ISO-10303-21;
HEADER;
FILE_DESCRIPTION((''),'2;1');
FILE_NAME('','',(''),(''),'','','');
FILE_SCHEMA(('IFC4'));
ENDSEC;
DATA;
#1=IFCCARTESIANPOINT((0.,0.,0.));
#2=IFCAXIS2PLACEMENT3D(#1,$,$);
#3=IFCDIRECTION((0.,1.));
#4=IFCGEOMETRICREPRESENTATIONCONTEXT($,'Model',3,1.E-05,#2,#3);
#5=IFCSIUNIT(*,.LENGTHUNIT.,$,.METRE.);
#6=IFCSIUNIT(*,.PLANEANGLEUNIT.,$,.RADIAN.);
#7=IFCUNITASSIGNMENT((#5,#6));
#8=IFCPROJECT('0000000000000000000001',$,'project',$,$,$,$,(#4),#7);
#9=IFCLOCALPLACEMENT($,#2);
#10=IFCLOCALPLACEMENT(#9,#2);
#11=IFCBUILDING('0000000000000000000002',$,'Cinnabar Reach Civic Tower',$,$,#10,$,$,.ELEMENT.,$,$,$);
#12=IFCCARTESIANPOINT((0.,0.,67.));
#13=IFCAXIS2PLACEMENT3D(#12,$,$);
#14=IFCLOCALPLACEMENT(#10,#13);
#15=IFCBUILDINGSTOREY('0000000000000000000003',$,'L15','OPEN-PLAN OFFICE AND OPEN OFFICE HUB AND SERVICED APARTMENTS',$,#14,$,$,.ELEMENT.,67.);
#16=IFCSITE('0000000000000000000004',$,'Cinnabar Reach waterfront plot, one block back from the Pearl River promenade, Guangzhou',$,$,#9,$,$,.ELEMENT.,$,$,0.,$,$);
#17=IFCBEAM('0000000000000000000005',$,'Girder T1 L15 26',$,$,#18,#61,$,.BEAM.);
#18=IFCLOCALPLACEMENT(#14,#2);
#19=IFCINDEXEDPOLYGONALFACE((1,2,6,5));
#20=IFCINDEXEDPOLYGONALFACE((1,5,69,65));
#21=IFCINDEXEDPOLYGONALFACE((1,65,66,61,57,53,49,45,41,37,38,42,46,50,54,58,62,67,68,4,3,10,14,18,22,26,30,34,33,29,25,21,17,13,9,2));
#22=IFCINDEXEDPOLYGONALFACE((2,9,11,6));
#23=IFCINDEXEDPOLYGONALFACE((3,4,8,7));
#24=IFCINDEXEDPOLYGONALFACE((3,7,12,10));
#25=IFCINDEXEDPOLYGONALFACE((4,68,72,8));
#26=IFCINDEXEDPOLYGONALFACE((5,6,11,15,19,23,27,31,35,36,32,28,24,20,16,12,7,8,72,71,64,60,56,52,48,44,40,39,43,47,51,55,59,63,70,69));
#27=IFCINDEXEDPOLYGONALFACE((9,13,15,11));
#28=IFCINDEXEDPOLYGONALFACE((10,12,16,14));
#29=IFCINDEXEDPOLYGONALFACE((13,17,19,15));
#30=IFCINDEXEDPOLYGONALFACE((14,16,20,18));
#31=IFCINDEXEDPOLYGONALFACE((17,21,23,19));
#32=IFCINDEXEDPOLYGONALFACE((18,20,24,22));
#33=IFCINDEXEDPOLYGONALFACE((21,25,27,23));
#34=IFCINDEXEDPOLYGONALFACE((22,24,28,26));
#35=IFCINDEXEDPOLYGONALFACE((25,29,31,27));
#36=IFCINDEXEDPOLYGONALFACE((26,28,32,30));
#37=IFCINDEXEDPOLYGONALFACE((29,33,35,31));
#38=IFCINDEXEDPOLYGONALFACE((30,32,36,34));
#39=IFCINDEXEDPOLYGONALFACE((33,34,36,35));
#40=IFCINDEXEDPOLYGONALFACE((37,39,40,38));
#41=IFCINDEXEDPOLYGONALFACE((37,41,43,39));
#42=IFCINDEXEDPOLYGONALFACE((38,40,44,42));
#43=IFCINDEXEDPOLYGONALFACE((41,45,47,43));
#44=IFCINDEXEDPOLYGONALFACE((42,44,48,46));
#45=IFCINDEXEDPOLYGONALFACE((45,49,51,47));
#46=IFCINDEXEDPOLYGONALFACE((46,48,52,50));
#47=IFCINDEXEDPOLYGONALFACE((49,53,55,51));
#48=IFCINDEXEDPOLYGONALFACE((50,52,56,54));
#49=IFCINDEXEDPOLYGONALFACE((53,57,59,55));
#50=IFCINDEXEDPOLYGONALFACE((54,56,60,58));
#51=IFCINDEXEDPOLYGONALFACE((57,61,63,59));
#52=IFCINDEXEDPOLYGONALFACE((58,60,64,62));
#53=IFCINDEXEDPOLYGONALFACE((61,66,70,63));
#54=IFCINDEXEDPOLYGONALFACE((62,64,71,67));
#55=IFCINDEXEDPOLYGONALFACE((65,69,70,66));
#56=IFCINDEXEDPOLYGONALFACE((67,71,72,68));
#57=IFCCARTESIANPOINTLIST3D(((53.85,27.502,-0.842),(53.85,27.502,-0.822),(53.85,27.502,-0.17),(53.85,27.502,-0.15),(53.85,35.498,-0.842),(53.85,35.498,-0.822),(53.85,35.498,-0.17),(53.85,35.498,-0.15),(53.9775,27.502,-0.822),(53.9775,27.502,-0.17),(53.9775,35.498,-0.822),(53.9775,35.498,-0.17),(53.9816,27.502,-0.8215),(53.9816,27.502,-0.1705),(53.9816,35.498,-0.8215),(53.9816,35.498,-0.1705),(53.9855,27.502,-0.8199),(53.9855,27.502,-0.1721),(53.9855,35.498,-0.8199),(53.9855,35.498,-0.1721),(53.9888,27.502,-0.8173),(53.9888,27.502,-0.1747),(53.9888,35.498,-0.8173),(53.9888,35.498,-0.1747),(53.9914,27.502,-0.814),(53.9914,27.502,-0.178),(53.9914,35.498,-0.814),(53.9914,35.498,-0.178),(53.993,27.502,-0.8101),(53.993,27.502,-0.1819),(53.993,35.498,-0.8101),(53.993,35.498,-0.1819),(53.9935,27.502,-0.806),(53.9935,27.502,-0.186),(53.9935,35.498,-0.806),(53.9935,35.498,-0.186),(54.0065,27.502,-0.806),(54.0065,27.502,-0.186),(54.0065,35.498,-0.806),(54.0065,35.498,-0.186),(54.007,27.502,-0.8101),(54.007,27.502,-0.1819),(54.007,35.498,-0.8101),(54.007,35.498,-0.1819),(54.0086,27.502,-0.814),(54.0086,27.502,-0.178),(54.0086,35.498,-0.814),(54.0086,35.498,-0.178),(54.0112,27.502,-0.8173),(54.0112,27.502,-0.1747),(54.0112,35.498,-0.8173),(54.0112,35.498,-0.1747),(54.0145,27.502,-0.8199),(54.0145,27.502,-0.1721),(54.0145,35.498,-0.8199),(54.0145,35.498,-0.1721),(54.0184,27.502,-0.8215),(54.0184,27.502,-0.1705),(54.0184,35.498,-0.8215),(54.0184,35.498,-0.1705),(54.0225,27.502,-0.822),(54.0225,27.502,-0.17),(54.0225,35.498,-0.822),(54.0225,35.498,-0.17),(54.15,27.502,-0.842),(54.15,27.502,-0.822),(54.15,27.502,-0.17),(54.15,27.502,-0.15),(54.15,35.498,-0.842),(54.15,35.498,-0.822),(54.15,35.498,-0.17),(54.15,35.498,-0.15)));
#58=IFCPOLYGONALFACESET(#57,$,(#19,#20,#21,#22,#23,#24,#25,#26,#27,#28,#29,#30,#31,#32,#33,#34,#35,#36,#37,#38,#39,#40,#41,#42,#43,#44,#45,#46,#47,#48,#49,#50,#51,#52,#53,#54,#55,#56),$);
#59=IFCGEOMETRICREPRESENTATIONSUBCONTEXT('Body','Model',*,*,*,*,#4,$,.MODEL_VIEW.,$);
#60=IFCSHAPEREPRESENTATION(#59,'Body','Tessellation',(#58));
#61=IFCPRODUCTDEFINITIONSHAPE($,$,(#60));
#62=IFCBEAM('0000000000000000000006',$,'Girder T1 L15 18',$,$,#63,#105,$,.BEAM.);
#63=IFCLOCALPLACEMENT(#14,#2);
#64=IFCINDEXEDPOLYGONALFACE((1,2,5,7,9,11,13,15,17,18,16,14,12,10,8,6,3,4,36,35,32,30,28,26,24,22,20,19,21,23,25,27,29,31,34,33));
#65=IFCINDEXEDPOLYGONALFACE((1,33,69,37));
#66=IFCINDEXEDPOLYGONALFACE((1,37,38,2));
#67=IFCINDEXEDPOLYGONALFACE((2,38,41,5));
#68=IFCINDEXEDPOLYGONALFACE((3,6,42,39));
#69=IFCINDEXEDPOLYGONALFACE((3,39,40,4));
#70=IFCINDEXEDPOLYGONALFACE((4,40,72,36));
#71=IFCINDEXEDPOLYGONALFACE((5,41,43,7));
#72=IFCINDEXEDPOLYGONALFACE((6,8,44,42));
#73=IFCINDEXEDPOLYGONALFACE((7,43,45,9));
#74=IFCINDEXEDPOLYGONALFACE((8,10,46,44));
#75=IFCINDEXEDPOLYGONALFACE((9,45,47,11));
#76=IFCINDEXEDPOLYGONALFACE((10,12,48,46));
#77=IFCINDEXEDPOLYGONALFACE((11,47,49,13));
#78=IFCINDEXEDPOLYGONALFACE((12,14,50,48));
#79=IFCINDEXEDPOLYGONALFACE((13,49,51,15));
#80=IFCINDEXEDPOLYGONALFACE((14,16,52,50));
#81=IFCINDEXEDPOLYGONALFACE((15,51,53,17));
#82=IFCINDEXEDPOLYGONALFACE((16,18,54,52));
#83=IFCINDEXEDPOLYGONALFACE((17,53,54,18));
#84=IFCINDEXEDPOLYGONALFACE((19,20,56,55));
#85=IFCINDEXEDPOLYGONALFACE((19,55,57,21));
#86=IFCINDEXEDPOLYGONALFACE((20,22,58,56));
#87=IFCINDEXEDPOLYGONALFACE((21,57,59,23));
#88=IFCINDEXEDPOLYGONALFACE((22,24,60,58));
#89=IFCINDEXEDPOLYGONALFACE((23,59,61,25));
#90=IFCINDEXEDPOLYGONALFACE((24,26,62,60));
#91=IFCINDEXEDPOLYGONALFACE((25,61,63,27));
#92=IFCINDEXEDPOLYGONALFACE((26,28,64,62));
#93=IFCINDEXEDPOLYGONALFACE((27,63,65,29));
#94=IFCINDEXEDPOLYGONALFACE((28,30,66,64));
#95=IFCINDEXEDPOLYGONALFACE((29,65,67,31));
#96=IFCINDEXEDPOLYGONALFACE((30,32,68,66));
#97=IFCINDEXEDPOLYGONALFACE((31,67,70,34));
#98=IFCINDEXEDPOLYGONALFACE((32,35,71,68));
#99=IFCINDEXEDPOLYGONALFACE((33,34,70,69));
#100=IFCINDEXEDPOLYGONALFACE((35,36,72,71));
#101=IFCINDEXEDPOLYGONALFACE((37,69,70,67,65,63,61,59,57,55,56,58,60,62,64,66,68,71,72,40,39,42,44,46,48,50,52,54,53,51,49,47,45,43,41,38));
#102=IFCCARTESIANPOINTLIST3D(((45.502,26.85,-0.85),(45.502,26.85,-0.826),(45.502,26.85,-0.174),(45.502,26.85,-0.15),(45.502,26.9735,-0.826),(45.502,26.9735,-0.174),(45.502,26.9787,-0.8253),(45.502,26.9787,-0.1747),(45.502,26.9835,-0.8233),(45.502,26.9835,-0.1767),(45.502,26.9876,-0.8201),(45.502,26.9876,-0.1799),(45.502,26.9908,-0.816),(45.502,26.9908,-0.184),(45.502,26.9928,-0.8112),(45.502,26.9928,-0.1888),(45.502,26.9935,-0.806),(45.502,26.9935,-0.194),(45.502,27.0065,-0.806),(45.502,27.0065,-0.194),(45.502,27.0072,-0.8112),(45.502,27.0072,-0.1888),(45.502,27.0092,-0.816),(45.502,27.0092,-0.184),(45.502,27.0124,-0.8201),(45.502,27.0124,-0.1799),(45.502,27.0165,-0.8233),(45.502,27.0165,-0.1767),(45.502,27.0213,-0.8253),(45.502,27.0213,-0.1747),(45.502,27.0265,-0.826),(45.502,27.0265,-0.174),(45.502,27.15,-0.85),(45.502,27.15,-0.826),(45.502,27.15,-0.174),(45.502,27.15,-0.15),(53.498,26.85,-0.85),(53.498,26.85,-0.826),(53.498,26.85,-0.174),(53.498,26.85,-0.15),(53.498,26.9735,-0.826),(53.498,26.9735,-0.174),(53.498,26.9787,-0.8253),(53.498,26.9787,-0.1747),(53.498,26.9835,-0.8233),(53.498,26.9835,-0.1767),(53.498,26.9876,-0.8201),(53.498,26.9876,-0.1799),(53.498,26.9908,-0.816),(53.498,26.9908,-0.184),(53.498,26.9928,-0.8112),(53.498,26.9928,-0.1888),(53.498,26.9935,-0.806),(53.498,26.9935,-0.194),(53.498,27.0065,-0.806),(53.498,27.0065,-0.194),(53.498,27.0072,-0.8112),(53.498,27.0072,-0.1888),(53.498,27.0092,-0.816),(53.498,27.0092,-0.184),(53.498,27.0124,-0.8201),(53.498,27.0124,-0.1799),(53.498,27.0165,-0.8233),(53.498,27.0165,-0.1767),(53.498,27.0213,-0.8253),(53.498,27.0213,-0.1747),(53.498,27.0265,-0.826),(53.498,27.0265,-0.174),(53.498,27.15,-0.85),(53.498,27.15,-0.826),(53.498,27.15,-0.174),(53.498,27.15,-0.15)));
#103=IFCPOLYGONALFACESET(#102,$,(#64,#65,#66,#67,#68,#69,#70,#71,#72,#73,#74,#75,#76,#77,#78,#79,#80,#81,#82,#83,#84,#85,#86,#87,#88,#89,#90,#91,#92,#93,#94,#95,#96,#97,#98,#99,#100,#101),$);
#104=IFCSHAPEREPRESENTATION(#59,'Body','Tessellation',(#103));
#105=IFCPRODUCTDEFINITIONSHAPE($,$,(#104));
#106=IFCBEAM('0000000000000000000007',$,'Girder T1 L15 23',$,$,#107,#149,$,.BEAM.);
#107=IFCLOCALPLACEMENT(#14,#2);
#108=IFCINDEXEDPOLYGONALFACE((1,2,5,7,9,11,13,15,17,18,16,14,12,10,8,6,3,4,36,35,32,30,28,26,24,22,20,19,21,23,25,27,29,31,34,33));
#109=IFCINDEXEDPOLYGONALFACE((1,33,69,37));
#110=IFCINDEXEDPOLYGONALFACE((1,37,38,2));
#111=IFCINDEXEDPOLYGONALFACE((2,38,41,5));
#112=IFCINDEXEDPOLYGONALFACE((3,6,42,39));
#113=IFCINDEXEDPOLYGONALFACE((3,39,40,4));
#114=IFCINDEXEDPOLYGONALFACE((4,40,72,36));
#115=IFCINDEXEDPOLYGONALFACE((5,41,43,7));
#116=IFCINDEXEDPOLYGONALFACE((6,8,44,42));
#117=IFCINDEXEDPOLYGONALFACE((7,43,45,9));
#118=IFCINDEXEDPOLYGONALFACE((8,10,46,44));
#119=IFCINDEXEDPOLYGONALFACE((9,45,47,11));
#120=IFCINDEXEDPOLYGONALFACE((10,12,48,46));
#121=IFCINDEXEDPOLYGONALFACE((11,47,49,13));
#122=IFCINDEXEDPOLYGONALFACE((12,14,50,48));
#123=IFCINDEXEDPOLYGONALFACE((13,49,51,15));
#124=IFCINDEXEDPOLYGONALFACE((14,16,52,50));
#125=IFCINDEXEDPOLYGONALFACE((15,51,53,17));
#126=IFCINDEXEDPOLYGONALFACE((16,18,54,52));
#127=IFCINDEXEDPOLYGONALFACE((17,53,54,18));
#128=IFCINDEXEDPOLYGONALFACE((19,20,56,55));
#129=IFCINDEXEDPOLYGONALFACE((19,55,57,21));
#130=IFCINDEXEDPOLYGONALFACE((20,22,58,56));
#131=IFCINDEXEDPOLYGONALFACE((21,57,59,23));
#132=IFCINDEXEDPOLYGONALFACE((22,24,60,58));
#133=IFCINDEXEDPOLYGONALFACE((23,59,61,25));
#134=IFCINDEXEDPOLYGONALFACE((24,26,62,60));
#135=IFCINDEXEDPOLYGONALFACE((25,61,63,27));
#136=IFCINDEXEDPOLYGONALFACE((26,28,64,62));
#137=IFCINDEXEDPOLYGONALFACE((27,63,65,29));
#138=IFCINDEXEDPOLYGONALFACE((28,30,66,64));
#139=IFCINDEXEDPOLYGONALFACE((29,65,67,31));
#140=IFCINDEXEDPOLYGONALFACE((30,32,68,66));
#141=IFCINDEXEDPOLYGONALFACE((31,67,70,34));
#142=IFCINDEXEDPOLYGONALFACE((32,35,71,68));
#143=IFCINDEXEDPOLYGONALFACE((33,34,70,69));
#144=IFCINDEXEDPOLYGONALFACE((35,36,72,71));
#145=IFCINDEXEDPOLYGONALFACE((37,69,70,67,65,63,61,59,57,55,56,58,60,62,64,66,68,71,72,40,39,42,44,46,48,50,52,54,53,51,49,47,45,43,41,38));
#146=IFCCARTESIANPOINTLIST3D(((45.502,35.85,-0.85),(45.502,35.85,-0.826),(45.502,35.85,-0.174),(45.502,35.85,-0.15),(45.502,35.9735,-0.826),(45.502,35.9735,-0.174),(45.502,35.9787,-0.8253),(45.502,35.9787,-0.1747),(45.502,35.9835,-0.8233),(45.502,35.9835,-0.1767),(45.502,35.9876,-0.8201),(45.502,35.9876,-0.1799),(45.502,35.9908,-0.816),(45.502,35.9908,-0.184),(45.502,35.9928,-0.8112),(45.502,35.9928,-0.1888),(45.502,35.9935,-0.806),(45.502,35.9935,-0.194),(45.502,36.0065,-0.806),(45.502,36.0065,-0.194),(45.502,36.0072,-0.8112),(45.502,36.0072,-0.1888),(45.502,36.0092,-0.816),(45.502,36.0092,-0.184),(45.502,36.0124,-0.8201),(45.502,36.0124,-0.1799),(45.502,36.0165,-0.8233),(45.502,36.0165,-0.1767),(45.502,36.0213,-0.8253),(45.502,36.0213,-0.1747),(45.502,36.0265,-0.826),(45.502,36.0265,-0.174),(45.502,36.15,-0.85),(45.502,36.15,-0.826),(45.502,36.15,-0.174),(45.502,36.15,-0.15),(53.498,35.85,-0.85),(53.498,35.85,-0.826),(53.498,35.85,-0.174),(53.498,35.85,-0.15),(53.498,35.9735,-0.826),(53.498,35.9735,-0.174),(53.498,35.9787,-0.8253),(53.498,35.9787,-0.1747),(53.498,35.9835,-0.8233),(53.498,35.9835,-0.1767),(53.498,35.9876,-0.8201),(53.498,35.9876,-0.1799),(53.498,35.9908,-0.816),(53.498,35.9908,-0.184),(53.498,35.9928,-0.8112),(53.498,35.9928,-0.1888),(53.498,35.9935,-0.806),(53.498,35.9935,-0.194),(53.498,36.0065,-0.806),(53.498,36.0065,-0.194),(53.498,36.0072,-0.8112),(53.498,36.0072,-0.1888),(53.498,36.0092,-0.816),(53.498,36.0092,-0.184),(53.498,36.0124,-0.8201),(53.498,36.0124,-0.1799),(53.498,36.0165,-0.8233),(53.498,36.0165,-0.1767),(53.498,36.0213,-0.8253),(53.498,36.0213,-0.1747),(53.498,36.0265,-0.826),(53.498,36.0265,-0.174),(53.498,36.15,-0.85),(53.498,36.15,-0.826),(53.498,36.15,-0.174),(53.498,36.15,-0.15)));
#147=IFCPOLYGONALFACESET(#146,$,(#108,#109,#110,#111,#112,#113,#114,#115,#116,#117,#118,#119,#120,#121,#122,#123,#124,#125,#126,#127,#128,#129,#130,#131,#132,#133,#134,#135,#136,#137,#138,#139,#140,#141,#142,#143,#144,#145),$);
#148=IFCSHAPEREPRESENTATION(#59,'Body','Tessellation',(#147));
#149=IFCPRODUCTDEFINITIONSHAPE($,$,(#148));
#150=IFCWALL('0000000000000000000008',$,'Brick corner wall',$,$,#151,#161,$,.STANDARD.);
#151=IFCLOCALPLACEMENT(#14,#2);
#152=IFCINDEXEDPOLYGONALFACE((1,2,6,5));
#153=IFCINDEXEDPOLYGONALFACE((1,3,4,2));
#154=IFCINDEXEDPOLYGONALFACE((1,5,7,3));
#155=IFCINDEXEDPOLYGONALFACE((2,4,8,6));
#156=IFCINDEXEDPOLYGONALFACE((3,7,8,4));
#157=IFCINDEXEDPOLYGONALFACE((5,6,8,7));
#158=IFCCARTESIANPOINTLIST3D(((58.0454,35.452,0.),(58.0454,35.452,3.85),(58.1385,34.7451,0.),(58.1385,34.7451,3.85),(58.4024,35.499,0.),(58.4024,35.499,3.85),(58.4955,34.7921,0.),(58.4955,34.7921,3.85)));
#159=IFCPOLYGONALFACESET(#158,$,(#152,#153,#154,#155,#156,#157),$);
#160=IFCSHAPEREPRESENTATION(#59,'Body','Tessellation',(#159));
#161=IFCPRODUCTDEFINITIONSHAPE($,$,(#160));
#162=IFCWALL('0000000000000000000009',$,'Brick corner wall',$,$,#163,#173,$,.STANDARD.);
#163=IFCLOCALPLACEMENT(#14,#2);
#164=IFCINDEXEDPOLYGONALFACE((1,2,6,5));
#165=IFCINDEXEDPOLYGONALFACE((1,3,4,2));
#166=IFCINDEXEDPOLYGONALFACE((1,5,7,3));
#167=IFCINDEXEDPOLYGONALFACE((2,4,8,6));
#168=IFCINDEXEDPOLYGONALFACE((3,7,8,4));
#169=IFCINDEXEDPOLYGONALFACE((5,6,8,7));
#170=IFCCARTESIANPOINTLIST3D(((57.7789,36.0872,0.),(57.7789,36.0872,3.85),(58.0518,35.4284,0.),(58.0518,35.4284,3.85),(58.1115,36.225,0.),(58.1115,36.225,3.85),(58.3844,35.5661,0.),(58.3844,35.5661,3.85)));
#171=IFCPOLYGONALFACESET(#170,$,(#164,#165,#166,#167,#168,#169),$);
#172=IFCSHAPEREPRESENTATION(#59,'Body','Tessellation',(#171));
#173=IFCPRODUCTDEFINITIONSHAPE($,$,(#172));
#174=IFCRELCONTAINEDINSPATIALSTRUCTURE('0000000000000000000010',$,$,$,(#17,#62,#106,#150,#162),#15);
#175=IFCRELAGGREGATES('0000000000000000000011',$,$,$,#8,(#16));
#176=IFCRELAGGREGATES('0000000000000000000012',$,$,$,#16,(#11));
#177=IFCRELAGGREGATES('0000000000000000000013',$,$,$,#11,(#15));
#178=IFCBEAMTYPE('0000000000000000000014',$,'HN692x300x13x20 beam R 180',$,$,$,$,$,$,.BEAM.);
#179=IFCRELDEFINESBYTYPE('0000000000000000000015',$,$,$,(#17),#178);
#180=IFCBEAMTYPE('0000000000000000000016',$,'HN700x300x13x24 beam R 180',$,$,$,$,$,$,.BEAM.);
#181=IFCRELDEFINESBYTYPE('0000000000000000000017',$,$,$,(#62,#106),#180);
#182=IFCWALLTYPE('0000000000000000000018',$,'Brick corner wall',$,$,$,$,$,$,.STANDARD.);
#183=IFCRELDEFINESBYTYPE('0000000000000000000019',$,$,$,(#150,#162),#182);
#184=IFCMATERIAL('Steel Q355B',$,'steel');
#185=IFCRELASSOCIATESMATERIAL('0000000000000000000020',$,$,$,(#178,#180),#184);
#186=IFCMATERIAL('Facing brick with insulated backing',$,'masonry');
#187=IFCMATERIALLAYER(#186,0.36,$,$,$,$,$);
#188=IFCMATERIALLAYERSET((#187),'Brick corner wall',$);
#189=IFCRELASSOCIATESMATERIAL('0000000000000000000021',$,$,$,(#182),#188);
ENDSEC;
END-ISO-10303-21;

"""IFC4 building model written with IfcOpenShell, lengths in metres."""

from ifc_helpers import new_model, si_unit, direction, frame, frame_2d, origin, origin_2d, place, context, subcontext, project, spatial, rectangle, i_section, extrude, material, layer, layer_set, material_profile, profile_set, type_object, element, save


model = new_model("IFC4")

# Units and contexts
model_context = context("Model", 3, precision=1e-05, world=origin(), true_north=direction((0.0, 1.0)))
body_context = subcontext(model_context, "Body", "Model", "MODEL_VIEW")
ifc_project = project(units=[si_unit("LENGTHUNIT", "METRE"), si_unit("PLANEANGLEUNIT", "RADIAN")], contexts=[model_context])

# Site, building, storey
site_placement = place(None, origin())
site = spatial("IfcSite", under=ifc_project, at=site_placement, Name="Cinnabar Reach waterfront plot, one block back from the Pearl River promenade, Guangzhou", CompositionType="ELEMENT", RefElevation=0.0)
building_placement = place(site_placement, origin())
building = spatial("IfcBuilding", under=site, at=building_placement, Name="Cinnabar Reach Civic Tower", CompositionType="ELEMENT")
storey_placement = place(building_placement, frame((0.0, 0.0, 67.0)))
storey = spatial("IfcBuildingStorey", under=building, at=storey_placement, Name="L15", Description="OPEN-PLAN OFFICE AND OPEN OFFICE HUB AND SERVICED APARTMENTS", CompositionType="ELEMENT", Elevation=67.0)

# Beams
ifc_material_1 = material(Name="Steel Q355B", Category="steel")
ifc_material_profile_1 = material_profile(ifc_material_1, i_section(OverallWidth=0.3, OverallDepth=0.692, WebThickness=0.013, FlangeThickness=0.02, FilletRadius=0.016, at=origin_2d()), Name="HN692x300x13x20")
ifc_profile_set_1 = profile_set([ifc_material_profile_1], Name="Steel Q355B")
beam_type_1 = type_object("IfcBeamType", Name="HN692x300x13x20 beam R 180", PredefinedType="BEAM", material=ifc_profile_set_1)
for number, where, z_axis, x_axis, name in (
    (1, (54.0, 27.502, -0.496), (0.0, 1.0, 0.0), (-1.0, 0.0, 0.0), "Girder T1 L15 26"),
):
    element("IfcBeam", number, at=place(storey_placement, frame(where, z_axis=z_axis, x_axis=x_axis)), inside=storey, type_object=beam_type_1, Name=name, PredefinedType="BEAM", context=body_context, shape_type="SweptSolid", body=[
        extrude(i_section(OverallWidth=0.3, OverallDepth=0.692, WebThickness=0.013, FlangeThickness=0.02, FilletRadius=0.016, at=origin_2d()), origin(), (0.0, 0.0, 1.0), 7.996),
    ])
ifc_material_profile_2 = material_profile(ifc_material_1, i_section(OverallWidth=0.3, OverallDepth=0.7, WebThickness=0.013, FlangeThickness=0.024, FilletRadius=0.02, at=origin_2d()), Name="HN700x300x13x24")
ifc_profile_set_2 = profile_set([ifc_material_profile_2], Name="Steel Q355B")
beam_type_2 = type_object("IfcBeamType", Name="HN700x300x13x24 beam R 180", PredefinedType="BEAM", material=ifc_profile_set_2)
for number, where, z_axis, x_axis, name in (
    (2, (45.502, 27.0, -0.5), (1.0, 0.0, 0.0), (0.0, 1.0, 0.0), "Girder T1 L15 18"),
    (3, (45.502, 36.0, -0.5), (1.0, 0.0, 0.0), (0.0, 1.0, 0.0), "Girder T1 L15 23"),
):
    element("IfcBeam", number, at=place(storey_placement, frame(where, z_axis=z_axis, x_axis=x_axis)), inside=storey, type_object=beam_type_2, Name=name, PredefinedType="BEAM", context=body_context, shape_type="SweptSolid", body=[
        extrude(i_section(OverallWidth=0.3, OverallDepth=0.7, WebThickness=0.013, FlangeThickness=0.024, FilletRadius=0.02, at=origin_2d()), origin(), (0.0, 0.0, 1.0), 7.996),
    ])

# Walls
ifc_material_2 = material(Name="Facing brick with insulated backing", Category="masonry")
ifc_layer = layer(ifc_material_2, 0.36)
ifc_layer_set = layer_set([ifc_layer], Name="Brick corner wall")
wall_type = type_object("IfcWallType", Name="Brick corner wall", PredefinedType="STANDARD", material=ifc_layer_set)
for number, where, z_axis, x_axis, name in (
    (4, (58.317, 34.7686, 0.0), (0.0, 0.0, 1.0), (-0.130556, 0.991441, 0.0), "Brick corner wall"),
    (5, (58.2181, 35.4973, 0.0), (0.0, 0.0, 1.0), (-0.382703, 0.923872, 0.0), "Brick corner wall"),
):
    element("IfcWall", number, at=place(storey_placement, frame(where, z_axis=z_axis, x_axis=x_axis)), inside=storey, type_object=wall_type, Name=name, PredefinedType="STANDARD", context=body_context, shape_type="SweptSolid", body=[
        extrude(rectangle(XDim=0.7131, YDim=0.36, at=frame_2d((0.3565, 0.0))), origin(), (0.0, 0.0, 1.0), 3.85),
    ])

save(model, "model.ifc")
